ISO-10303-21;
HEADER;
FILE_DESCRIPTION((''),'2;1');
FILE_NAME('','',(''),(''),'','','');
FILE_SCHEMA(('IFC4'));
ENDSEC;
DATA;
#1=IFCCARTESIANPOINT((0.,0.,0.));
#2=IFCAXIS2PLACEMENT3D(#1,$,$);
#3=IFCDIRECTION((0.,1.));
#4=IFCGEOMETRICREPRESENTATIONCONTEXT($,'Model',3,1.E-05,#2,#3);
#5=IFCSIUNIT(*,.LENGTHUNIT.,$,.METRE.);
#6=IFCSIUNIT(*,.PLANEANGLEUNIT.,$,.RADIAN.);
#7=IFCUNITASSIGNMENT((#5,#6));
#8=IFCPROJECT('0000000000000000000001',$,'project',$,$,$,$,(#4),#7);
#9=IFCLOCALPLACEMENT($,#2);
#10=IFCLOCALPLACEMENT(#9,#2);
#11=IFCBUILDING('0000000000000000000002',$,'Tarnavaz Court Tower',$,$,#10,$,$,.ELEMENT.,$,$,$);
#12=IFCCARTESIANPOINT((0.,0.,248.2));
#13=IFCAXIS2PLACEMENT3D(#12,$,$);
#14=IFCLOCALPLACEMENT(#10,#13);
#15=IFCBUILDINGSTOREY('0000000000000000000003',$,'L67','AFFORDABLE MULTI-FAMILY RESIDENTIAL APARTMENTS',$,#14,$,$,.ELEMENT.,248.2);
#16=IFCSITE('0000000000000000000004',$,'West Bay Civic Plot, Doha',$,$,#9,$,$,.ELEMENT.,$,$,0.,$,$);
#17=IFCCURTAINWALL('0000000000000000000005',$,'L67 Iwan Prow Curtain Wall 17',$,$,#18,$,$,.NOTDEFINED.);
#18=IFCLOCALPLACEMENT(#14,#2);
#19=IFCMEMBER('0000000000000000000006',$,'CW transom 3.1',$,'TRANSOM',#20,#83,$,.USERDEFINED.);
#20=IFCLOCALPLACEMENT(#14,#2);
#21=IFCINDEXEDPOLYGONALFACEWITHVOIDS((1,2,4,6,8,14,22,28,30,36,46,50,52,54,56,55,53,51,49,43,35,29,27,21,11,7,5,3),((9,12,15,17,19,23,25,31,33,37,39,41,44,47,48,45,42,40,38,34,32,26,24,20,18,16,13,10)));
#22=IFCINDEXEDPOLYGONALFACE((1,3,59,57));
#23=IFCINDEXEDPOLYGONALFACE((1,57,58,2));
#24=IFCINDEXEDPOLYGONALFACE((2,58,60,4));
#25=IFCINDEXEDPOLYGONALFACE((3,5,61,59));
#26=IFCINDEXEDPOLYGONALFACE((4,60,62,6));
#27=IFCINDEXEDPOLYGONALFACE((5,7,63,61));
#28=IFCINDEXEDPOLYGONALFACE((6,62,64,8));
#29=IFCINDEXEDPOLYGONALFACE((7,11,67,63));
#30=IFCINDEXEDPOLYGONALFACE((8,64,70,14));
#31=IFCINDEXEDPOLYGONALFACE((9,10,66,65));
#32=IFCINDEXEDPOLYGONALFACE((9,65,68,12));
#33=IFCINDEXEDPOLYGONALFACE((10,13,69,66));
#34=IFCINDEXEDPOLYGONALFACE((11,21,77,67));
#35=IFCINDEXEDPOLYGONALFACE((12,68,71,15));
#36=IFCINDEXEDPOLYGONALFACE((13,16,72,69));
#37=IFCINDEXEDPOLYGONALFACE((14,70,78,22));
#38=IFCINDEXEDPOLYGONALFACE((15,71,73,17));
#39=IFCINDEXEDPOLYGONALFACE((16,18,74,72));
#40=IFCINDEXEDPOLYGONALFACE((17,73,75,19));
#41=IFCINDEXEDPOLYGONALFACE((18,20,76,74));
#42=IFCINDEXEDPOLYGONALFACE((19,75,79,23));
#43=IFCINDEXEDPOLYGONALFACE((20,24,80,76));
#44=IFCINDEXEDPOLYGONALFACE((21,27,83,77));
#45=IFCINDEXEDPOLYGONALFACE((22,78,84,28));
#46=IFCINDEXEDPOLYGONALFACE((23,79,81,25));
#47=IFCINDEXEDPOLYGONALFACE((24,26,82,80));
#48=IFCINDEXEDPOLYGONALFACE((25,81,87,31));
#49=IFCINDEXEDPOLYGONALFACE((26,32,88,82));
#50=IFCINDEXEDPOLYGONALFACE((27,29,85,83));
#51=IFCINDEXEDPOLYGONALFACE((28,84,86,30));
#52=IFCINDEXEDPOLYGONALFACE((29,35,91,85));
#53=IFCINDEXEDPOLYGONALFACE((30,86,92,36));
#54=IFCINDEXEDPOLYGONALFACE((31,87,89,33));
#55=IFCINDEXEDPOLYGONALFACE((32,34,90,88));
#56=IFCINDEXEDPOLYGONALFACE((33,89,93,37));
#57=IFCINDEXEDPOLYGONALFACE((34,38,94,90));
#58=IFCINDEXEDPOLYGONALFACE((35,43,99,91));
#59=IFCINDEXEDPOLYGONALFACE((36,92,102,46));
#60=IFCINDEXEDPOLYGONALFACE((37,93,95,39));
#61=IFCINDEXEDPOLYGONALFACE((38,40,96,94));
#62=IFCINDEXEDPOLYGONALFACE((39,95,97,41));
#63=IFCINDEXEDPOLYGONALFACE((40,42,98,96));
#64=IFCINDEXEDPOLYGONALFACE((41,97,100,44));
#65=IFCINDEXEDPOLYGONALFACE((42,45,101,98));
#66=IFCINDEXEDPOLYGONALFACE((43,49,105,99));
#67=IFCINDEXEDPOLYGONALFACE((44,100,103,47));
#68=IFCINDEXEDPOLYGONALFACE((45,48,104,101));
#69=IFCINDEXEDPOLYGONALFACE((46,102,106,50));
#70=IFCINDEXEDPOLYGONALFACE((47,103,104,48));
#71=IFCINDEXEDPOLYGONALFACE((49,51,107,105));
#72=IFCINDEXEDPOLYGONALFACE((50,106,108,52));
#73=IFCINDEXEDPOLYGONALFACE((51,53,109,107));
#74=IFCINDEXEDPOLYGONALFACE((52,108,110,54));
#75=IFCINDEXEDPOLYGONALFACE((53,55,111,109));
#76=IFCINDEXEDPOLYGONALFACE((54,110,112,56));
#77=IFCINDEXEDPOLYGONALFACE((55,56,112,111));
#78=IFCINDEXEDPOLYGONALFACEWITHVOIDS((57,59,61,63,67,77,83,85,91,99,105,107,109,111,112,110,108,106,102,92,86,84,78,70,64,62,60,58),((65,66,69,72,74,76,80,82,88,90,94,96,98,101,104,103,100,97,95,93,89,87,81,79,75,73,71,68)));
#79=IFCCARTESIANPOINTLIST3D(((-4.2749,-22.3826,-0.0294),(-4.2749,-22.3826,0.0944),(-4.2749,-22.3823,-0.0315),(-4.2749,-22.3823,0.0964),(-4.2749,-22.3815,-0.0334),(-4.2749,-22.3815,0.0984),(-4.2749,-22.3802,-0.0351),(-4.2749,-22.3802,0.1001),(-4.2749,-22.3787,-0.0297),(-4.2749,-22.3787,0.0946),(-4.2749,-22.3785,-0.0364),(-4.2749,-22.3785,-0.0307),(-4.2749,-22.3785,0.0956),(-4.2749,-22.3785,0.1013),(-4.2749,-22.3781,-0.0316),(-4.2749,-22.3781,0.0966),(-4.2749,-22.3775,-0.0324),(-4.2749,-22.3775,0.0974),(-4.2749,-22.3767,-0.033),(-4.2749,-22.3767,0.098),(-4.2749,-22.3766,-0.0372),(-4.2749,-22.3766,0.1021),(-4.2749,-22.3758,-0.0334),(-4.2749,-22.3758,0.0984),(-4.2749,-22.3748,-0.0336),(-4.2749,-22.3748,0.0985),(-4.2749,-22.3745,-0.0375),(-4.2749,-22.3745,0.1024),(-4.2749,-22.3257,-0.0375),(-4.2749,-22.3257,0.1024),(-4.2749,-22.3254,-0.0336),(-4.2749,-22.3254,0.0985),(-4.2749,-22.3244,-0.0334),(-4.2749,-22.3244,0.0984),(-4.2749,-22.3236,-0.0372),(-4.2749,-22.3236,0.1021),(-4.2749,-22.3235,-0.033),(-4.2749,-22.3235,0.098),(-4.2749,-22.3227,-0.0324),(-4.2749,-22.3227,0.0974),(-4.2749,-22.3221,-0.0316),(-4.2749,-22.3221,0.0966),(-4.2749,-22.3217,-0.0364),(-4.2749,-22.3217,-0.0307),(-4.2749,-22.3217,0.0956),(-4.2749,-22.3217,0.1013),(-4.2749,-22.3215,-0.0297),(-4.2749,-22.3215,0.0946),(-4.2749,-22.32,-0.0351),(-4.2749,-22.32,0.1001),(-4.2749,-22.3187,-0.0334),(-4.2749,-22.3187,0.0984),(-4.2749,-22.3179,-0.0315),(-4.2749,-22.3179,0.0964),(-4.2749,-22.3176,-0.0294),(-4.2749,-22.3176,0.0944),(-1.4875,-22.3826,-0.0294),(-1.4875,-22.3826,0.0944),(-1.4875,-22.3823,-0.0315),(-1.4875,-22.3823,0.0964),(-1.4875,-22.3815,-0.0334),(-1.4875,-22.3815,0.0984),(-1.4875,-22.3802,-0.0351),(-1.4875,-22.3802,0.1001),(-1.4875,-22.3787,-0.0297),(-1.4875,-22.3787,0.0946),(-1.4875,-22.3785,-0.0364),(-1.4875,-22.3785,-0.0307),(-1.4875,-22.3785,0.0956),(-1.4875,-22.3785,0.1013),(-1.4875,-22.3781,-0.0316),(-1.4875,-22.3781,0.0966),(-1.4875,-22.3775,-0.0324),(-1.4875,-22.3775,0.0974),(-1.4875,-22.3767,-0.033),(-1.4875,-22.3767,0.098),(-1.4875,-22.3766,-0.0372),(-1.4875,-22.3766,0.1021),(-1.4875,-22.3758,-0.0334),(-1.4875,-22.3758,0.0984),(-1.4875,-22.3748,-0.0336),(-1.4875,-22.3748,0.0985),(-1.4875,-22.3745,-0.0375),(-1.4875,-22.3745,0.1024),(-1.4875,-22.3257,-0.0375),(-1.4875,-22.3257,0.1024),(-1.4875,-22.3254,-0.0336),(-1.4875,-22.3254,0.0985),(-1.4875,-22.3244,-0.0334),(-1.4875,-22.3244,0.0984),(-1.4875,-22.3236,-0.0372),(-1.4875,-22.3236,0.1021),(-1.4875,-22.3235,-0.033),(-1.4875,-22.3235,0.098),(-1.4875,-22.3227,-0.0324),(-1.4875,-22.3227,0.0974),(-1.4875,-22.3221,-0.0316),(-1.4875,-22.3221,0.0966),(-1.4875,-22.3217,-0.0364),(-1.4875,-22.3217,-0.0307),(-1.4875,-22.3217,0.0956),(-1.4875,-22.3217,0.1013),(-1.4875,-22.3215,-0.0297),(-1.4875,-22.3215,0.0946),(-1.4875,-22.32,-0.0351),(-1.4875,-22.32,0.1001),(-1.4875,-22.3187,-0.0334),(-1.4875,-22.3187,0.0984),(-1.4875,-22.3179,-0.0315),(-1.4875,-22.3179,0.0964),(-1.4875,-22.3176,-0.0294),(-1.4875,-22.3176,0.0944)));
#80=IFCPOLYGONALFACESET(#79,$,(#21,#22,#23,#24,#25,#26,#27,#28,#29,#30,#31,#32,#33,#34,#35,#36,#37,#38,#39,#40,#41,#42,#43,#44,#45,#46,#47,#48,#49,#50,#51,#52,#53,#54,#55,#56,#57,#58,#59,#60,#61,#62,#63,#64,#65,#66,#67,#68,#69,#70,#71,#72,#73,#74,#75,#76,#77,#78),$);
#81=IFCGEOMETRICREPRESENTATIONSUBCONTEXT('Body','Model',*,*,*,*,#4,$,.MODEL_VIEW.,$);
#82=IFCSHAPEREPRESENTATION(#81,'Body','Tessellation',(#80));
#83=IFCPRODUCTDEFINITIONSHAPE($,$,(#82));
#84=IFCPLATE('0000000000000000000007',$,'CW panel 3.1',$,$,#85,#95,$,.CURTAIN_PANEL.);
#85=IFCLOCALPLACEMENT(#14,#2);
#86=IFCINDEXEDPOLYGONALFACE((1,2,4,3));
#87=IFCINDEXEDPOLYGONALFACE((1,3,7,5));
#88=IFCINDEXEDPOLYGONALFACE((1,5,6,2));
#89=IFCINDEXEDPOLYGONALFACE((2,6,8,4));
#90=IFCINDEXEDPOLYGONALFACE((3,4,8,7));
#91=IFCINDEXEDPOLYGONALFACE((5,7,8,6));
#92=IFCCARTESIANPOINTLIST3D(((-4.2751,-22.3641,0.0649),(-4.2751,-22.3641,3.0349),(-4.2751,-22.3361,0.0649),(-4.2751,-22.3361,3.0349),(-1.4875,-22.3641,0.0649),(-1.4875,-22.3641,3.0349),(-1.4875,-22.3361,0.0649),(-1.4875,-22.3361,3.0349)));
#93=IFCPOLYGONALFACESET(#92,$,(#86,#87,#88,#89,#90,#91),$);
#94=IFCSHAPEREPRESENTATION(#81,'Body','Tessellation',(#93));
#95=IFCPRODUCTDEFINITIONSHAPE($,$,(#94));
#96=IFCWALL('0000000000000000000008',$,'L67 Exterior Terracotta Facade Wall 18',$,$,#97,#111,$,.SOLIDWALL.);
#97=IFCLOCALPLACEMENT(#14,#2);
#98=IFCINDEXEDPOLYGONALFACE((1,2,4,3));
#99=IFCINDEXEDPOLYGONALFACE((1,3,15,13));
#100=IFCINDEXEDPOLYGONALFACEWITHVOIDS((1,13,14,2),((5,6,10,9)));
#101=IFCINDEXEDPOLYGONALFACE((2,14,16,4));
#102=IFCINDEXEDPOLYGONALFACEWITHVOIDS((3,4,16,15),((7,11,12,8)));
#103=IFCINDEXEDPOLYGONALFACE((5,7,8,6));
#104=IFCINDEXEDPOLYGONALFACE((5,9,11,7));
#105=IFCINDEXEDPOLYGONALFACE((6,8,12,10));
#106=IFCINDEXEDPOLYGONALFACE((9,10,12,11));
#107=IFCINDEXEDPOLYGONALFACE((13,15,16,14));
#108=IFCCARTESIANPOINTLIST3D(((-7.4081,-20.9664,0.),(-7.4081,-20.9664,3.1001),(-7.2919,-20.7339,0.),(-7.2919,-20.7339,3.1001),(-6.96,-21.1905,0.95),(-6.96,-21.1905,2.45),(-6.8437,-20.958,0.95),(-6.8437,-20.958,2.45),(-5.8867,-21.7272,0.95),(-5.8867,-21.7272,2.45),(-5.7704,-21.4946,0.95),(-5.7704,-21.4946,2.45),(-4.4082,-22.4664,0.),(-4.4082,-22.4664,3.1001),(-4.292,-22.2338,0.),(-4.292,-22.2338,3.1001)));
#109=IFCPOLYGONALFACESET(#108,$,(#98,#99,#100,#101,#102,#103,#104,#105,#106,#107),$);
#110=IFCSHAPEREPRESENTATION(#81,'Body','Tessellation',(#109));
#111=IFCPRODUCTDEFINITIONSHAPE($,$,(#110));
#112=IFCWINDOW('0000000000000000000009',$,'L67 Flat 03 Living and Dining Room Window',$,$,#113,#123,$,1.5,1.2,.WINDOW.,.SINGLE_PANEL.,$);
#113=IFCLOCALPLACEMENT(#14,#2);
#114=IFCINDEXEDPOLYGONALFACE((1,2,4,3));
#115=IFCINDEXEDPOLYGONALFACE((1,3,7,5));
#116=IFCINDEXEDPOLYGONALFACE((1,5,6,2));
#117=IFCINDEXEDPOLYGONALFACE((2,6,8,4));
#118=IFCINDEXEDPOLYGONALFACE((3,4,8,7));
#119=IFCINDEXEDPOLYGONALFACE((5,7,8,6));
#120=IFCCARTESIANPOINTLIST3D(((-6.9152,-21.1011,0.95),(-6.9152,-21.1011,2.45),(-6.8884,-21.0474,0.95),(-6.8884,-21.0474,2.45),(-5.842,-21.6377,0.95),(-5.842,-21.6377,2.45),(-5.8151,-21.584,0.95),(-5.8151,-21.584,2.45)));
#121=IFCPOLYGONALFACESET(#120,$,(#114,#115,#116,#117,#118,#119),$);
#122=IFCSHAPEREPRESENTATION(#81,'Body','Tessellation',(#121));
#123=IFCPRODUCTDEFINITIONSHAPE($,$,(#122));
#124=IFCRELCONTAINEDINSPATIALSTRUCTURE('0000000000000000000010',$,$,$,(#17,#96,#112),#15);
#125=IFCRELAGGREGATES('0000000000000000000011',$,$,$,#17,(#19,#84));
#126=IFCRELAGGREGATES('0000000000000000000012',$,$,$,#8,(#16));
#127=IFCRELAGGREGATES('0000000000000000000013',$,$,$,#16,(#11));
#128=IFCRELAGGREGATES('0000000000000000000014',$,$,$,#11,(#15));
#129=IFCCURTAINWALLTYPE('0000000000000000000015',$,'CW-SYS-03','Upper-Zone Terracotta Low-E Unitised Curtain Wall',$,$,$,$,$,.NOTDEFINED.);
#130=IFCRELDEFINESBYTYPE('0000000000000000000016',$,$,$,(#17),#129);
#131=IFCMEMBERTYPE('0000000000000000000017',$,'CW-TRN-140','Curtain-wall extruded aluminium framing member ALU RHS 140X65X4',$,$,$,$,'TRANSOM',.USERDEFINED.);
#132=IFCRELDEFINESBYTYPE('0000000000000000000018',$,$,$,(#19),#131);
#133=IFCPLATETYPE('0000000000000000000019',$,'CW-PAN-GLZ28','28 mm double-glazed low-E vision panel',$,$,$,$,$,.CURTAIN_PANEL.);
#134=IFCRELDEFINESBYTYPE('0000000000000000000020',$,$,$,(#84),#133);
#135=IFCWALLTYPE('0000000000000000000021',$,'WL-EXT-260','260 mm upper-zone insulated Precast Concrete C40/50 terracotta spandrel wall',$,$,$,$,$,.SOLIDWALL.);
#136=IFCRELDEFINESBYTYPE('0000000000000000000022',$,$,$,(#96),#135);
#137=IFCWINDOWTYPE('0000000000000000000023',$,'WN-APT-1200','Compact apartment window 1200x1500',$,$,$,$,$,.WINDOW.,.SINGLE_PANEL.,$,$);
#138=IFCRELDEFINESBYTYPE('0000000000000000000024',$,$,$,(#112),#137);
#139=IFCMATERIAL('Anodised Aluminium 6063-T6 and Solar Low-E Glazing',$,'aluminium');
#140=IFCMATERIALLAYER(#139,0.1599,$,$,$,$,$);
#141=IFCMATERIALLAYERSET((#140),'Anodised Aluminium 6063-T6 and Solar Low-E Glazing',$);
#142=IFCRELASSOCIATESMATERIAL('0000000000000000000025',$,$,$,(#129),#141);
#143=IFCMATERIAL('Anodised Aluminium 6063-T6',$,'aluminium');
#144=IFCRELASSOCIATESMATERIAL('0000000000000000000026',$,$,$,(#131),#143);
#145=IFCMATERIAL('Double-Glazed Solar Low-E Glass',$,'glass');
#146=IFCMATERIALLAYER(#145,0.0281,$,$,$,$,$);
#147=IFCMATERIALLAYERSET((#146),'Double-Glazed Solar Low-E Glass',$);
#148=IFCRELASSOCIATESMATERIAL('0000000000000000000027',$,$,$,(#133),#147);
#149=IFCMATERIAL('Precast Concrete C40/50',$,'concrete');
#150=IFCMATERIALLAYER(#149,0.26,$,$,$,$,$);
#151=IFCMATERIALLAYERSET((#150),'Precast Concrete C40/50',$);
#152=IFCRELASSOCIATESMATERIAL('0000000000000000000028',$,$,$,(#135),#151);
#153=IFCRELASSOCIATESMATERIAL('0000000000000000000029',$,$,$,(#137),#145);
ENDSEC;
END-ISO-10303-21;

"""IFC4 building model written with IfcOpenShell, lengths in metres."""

from ifc_helpers import new_model, si_unit, direction, frame, frame_2d, origin, origin_2d, place, context, subcontext, project, spatial, rectangle, hollow_rectangle, extrude, material, layer, layer_set, material_profile, profile_set, type_object, element, fill, aggregate, save


model = new_model("IFC4")

# Units and contexts
model_context = context("Model", 3, precision=1e-05, world=origin(), true_north=direction((0.0, 1.0)))
body_context = subcontext(model_context, "Body", "Model", "MODEL_VIEW")
ifc_project = project(units=[si_unit("LENGTHUNIT", "METRE"), si_unit("PLANEANGLEUNIT", "RADIAN")], contexts=[model_context])

# Site, building, storey
site_placement = place(None, origin())
site = spatial("IfcSite", under=ifc_project, at=site_placement, Name="West Bay Civic Plot, Doha", CompositionType="ELEMENT", RefElevation=0.0)
building_placement = place(site_placement, origin())
building = spatial("IfcBuilding", under=site, at=building_placement, Name="Tarnavaz Court Tower", CompositionType="ELEMENT")
storey_placement = place(building_placement, frame((0.0, 0.0, 248.2)))
storey = spatial("IfcBuildingStorey", under=building, at=storey_placement, Name="L67", Description="AFFORDABLE MULTI-FAMILY RESIDENTIAL APARTMENTS", CompositionType="ELEMENT", Elevation=248.2)

# Curtain wall, member, plate
ifc_material_1 = material(Name="Anodised Aluminium 6063-T6 and Solar Low-E Glazing", Category="aluminium")
ifc_layer_1 = layer(ifc_material_1, 0.1599)
ifc_layer_set_1 = layer_set([ifc_layer_1], Name="Anodised Aluminium 6063-T6 and Solar Low-E Glazing")
curtain_wall_type = type_object("IfcCurtainWallType", Name="CW-SYS-03", Description="Upper-Zone Terracotta Low-E Unitised Curtain Wall", PredefinedType="NOTDEFINED", material=ifc_layer_set_1)
curtain_wall_placement = place(storey_placement, origin())
curtain_wall = element("IfcCurtainWall", 1, at=curtain_wall_placement, inside=storey, type_object=curtain_wall_type, Name="L67 Iwan Prow Curtain Wall 17", PredefinedType="NOTDEFINED")
ifc_material_2 = material(Name="Anodised Aluminium 6063-T6", Category="aluminium")
ifc_material_profile_1 = material_profile(ifc_material_2, hollow_rectangle(XDim=0.0649, YDim=0.1399, WallThickness=0.0039, InnerFilletRadius=0.0039, OuterFilletRadius=0.0081, at=origin_2d()), Name="ALU RHS 140X65X4")
ifc_profile_set_1 = profile_set([ifc_material_profile_1], Name="Anodised Aluminium 6063-T6")
member_type_1 = type_object("IfcMemberType", Name="CW-TRN-140", Description="Curtain-wall extruded aluminium framing member ALU RHS 140X65X4", ElementType="TRANSOM", PredefinedType="USERDEFINED", material=ifc_profile_set_1)
member_1_placement = place(storey_placement, frame((-1.4875, -22.3501, 0.0325), z_axis=(-1.0, 0.0, 0.0), x_axis=(0.0, -1.0, 0.0)))
member_1 = element("IfcMember", 2, at=member_1_placement, type_object=member_type_1, Name="CW transom 3.1", ObjectType="TRANSOM", PredefinedType="USERDEFINED", context=body_context, shape_type="SweptSolid", body=[
    extrude(hollow_rectangle(XDim=0.0649, YDim=0.1399, WallThickness=0.0039, InnerFilletRadius=0.0039, OuterFilletRadius=0.0081, at=origin_2d()), origin(), (0.0, 0.0, 1.0), 2.7874),
])
ifc_material_3 = material(Name="Double-Glazed Solar Low-E Glass", Category="glass")
ifc_layer_2 = layer(ifc_material_3, 0.0281)
ifc_layer_set_2 = layer_set([ifc_layer_2], Name="Double-Glazed Solar Low-E Glass")
plate_type = type_object("IfcPlateType", Name="CW-PAN-GLZ28", Description="28 mm double-glazed low-E vision panel", PredefinedType="CURTAIN_PANEL", material=ifc_layer_set_2)
plate_placement = place(storey_placement, frame((-2.8813, -22.3501, 0.0649), z_axis=(0.0, 0.0, 1.0), x_axis=(-1.0, 0.0, 0.0)))
plate = element("IfcPlate", 3, at=plate_placement, type_object=plate_type, Name="CW panel 3.1", PredefinedType="CURTAIN_PANEL", context=body_context, shape_type="SweptSolid", body=[
    extrude(rectangle(XDim=2.7876, YDim=0.0281, at=origin_2d()), origin(), (0.0, 0.0, 1.0), 2.97),
])
aggregate(curtain_wall, [member_1, plate])

# Wall, opening, window
ifc_material_4 = material(Name="Precast Concrete C40/50", Category="concrete")
ifc_layer_3 = layer(ifc_material_4, 0.26)
ifc_layer_set_3 = layer_set([ifc_layer_3], Name="Precast Concrete C40/50")
wall_type_1 = type_object("IfcWallType", Name="WL-EXT-260", Description="260 mm upper-zone insulated Precast Concrete C40/50 terracotta spandrel wall", PredefinedType="SOLIDWALL", material=ifc_layer_set_3)
wall_1_placement = place(storey_placement, frame((-4.3501, -22.3501, 0.0), z_axis=(0.0, 0.0, 1.0), x_axis=(-0.894427, 0.447214, 0.0)))
wall_1 = element("IfcWall", 4, at=wall_1_placement, inside=storey, type_object=wall_type_1, Name="L67 Exterior Terracotta Facade Wall 18", PredefinedType="SOLIDWALL", context=body_context, shape_type="SweptSolid", body=[
    extrude(rectangle(XDim=3.354, YDim=0.26, at=frame_2d((1.677, 0.0))), origin(), (0.0, 0.0, 1.0), 3.1001),
])
opening_1_placement = place(wall_1_placement, frame((1.6528, 0.0, 0.95)))
opening_1 = element("IfcOpeningElement", 5, at=opening_1_placement, cuts=wall_1, PredefinedType="OPENING", context=body_context, shape_type="SweptSolid", body=[
    extrude(rectangle(XDim=1.2, YDim=1.5, at=frame_2d((0.6001, 0.75))), frame((0.0, 0.1399, 0.0), z_axis=(0.0, -1.0, 0.0), x_axis=(1.0, 0.0, 0.0)), (0.0, 0.0, 1.0), 0.28),
])
window_type_1 = type_object("IfcWindowType", Name="WN-APT-1200", Description="Compact apartment window 1200x1500", PartitioningType="SINGLE_PANEL", PredefinedType="WINDOW", material=ifc_material_3)
window_1_placement = place(opening_1_placement, origin())
window_1 = element("IfcWindow", 6, at=window_1_placement, inside=storey, type_object=window_type_1, Name="L67 Flat 03 Living and Dining Room Window", OverallHeight=1.5, OverallWidth=1.2, PartitioningType="SINGLE_PANEL", PredefinedType="WINDOW", context=body_context, shape_type="SweptSolid", body=[
    extrude(rectangle(XDim=1.2, YDim=1.5, at=frame_2d((0.6001, 0.75))), frame((0.0, 0.03, 0.0), z_axis=(0.0, -1.0, 0.0), x_axis=(1.0, 0.0, 0.0)), (0.0, 0.0, 1.0), 0.0601),
])
fill(opening_1, window_1)

save(model, "model.ifc")
